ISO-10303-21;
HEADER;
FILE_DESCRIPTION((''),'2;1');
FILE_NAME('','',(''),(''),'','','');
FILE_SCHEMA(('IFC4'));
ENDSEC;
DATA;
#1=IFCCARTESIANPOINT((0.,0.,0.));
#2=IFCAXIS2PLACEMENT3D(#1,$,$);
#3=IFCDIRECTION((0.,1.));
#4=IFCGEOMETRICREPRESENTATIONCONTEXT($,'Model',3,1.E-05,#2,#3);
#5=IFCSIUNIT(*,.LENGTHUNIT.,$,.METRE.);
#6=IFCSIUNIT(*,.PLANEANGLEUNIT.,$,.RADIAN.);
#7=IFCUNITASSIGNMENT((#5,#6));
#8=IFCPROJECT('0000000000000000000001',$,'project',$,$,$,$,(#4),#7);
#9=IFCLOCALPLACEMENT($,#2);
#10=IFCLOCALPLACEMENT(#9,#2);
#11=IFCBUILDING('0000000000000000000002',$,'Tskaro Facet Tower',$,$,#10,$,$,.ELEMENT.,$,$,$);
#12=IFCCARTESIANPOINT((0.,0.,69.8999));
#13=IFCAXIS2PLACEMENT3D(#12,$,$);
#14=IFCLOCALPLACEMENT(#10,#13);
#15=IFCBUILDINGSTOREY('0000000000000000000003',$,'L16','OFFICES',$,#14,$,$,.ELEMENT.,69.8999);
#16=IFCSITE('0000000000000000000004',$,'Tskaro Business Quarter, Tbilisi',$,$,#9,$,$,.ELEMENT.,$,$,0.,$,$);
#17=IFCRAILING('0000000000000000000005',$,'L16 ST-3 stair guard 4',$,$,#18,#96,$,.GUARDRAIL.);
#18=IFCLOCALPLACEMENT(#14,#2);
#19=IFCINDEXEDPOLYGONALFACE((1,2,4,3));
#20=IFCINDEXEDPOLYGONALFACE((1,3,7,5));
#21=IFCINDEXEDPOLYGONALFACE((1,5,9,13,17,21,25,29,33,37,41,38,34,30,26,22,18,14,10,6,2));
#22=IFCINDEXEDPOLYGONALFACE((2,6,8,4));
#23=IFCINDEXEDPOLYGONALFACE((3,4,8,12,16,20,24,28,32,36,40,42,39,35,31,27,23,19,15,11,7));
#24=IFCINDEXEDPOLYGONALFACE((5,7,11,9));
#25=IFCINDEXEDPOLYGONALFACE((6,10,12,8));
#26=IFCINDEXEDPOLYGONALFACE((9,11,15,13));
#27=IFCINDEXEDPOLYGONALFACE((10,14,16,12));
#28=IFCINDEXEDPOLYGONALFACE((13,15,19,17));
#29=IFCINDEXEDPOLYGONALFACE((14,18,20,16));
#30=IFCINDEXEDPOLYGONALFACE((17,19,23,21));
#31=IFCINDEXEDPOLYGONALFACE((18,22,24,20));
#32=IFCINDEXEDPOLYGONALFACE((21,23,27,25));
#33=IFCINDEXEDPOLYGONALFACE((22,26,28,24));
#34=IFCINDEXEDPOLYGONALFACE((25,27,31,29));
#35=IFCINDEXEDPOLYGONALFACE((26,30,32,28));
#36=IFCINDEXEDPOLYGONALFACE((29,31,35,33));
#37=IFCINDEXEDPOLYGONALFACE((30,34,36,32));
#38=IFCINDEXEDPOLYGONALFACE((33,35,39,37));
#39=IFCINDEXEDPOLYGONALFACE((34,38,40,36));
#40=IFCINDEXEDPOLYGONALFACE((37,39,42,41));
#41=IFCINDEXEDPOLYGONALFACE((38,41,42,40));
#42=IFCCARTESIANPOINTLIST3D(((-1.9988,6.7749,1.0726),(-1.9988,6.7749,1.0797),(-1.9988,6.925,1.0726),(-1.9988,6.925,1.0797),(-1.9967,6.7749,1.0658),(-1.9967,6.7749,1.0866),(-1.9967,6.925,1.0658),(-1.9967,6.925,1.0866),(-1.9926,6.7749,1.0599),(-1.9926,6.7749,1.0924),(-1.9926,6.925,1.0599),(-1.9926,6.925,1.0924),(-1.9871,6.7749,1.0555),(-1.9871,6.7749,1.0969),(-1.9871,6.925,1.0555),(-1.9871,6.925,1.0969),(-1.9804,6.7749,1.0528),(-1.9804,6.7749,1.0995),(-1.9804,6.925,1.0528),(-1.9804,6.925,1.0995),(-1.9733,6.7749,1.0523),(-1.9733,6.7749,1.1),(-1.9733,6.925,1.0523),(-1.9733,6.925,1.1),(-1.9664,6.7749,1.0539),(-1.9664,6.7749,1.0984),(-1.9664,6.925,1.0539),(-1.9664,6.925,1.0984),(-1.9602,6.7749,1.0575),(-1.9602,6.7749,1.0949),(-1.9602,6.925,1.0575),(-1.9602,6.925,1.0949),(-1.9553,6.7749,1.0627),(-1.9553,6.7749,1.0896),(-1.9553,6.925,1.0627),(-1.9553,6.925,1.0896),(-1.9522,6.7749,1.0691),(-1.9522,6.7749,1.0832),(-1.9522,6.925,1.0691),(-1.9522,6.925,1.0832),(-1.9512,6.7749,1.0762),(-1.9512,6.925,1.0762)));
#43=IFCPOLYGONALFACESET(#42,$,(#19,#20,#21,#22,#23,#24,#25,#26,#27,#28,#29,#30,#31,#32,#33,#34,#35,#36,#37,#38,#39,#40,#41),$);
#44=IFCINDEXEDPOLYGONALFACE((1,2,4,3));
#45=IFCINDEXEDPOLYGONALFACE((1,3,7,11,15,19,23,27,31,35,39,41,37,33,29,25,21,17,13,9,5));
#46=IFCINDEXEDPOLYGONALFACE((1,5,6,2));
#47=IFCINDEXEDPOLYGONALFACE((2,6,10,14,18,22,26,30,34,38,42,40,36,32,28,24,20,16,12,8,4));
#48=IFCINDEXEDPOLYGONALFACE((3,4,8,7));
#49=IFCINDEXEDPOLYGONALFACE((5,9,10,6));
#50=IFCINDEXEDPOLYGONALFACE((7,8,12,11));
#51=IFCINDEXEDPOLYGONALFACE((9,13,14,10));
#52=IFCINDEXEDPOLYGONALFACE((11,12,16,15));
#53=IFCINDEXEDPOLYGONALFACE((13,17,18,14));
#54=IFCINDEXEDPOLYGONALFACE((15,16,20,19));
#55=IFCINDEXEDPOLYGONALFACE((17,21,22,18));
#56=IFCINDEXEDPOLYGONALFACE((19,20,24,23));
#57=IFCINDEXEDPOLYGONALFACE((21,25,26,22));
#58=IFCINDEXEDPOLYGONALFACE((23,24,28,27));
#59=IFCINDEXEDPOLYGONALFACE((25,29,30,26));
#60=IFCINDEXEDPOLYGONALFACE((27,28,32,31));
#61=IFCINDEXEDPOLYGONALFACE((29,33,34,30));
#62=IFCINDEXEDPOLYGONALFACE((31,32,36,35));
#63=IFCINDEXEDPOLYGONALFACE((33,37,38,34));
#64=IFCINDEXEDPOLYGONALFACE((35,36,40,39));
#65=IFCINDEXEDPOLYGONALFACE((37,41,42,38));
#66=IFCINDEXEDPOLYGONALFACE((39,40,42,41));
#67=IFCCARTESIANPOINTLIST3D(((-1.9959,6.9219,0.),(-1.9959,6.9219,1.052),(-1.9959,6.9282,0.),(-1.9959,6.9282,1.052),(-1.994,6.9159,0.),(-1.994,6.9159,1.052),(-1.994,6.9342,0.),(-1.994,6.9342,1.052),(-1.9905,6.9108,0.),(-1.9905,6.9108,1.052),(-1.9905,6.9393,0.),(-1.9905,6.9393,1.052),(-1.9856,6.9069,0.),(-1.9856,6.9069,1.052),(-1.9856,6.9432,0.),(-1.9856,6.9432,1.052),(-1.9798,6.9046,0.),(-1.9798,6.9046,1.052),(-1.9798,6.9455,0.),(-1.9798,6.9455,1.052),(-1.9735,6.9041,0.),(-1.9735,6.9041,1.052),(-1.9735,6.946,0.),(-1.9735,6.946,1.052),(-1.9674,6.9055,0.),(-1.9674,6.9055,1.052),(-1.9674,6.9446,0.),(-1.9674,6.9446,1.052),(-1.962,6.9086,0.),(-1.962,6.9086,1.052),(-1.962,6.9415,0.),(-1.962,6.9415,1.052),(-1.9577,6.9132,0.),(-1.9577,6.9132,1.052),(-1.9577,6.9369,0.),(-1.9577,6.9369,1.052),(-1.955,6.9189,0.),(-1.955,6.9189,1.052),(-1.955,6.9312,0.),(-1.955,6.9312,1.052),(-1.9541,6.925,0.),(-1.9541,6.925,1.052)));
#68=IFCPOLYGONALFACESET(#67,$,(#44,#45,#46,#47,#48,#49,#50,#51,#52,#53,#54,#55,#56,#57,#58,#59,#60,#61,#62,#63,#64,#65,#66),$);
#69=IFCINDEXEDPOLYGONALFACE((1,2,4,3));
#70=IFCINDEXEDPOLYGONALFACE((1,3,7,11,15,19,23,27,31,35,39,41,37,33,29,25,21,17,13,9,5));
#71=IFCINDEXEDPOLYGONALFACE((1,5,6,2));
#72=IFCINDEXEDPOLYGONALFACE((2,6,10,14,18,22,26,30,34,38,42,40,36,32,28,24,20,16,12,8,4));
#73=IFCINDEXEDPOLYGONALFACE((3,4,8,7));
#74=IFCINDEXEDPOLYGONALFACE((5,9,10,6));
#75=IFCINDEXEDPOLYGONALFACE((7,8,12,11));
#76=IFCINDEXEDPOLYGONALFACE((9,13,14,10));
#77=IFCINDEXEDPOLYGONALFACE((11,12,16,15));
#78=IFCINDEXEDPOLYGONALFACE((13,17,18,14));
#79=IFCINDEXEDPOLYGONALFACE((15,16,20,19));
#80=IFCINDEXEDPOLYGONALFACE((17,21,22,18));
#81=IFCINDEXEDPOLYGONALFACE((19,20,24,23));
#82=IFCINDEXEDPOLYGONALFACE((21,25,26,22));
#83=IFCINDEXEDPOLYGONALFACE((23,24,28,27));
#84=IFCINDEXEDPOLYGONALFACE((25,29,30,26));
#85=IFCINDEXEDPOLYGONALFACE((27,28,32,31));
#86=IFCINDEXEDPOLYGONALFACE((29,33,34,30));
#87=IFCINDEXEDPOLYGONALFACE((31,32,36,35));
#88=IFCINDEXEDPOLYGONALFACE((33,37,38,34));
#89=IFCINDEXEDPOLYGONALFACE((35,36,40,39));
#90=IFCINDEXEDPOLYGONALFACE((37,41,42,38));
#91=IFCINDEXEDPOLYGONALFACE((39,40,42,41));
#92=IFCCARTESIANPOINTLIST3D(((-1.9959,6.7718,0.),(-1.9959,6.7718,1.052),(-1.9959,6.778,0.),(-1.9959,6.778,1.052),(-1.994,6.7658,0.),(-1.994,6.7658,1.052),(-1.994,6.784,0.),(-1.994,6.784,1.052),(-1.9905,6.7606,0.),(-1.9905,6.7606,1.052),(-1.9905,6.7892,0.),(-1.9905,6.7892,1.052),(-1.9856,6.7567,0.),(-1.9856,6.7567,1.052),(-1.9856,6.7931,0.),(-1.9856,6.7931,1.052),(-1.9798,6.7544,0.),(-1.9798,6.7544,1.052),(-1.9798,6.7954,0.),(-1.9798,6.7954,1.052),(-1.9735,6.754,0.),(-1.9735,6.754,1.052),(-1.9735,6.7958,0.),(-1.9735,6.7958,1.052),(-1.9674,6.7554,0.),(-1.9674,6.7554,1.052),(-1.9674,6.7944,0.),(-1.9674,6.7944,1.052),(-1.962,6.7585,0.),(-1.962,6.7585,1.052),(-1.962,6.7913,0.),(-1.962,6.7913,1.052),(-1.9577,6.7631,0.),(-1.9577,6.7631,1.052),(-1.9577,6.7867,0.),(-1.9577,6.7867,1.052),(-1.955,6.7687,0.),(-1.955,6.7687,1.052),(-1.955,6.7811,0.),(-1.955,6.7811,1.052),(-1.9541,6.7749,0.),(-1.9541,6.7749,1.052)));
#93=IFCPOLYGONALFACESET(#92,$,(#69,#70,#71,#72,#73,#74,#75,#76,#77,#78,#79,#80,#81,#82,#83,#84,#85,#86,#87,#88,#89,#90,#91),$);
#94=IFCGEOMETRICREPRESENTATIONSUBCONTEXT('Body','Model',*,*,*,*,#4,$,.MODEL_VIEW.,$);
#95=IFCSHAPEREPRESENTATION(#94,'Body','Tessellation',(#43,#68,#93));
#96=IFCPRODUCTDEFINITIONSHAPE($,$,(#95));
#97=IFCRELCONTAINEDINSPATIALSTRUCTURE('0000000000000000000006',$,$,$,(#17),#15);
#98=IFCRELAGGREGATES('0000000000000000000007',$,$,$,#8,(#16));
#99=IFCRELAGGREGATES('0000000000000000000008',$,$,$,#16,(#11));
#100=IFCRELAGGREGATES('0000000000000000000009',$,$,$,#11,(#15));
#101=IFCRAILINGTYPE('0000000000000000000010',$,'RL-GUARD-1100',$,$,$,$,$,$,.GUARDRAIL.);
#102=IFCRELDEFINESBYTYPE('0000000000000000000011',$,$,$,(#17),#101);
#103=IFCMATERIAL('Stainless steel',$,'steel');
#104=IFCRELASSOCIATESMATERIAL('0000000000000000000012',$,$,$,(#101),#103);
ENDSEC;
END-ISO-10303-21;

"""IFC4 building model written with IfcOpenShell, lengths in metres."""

from ifc_helpers import new_model, si_unit, direction, frame, origin, origin_2d, place, context, subcontext, project, spatial, circle, extrude, material, type_object, element, save


model = new_model("IFC4")

# Units and contexts
model_context = context("Model", 3, precision=1e-05, world=origin(), true_north=direction((0.0, 1.0)))
body_context = subcontext(model_context, "Body", "Model", "MODEL_VIEW")
ifc_project = project(units=[si_unit("LENGTHUNIT", "METRE"), si_unit("PLANEANGLEUNIT", "RADIAN")], contexts=[model_context])

# Site, building, storey
site_placement = place(None, origin())
site = spatial("IfcSite", under=ifc_project, at=site_placement, Name="Tskaro Business Quarter, Tbilisi", CompositionType="ELEMENT", RefElevation=0.0)
building_placement = place(site_placement, origin())
building = spatial("IfcBuilding", under=site, at=building_placement, Name="Tskaro Facet Tower", CompositionType="ELEMENT")
storey_placement = place(building_placement, frame((0.0, 0.0, 69.8999)))
storey = spatial("IfcBuildingStorey", under=building, at=storey_placement, Name="L16", Description="OFFICES", CompositionType="ELEMENT", Elevation=69.8999)

# Railing
ifc_material_1 = material(Name="Stainless steel", Category="steel")
railing_type_1 = type_object("IfcRailingType", Name="RL-GUARD-1100", PredefinedType="GUARDRAIL", material=ifc_material_1)
railing_1_placement = place(storey_placement, frame((-1.9751, 6.925, 0.0)))
element("IfcRailing", 1, at=railing_1_placement, inside=storey, type_object=railing_type_1, Name="L16 ST-3 stair guard 4", PredefinedType="GUARDRAIL", context=body_context, shape_type="SweptSolid", body=[
    extrude(circle(Radius=0.0239, at=origin_2d()), frame((0.0, 0.0, 1.0762), z_axis=(0.0, -1.0, 0.0), x_axis=(1.0, 0.0, 0.0)), (0.0, 0.0, 1.0), 0.1501),
    extrude(circle(Radius=0.021, at=origin_2d()), origin(), (0.0, 0.0, 1.0), 1.052),
    extrude(circle(Radius=0.021, at=origin_2d()), frame((0.0, -0.1501, 0.0)), (0.0, 0.0, 1.0), 1.052),
])

save(model, "model.ifc")
